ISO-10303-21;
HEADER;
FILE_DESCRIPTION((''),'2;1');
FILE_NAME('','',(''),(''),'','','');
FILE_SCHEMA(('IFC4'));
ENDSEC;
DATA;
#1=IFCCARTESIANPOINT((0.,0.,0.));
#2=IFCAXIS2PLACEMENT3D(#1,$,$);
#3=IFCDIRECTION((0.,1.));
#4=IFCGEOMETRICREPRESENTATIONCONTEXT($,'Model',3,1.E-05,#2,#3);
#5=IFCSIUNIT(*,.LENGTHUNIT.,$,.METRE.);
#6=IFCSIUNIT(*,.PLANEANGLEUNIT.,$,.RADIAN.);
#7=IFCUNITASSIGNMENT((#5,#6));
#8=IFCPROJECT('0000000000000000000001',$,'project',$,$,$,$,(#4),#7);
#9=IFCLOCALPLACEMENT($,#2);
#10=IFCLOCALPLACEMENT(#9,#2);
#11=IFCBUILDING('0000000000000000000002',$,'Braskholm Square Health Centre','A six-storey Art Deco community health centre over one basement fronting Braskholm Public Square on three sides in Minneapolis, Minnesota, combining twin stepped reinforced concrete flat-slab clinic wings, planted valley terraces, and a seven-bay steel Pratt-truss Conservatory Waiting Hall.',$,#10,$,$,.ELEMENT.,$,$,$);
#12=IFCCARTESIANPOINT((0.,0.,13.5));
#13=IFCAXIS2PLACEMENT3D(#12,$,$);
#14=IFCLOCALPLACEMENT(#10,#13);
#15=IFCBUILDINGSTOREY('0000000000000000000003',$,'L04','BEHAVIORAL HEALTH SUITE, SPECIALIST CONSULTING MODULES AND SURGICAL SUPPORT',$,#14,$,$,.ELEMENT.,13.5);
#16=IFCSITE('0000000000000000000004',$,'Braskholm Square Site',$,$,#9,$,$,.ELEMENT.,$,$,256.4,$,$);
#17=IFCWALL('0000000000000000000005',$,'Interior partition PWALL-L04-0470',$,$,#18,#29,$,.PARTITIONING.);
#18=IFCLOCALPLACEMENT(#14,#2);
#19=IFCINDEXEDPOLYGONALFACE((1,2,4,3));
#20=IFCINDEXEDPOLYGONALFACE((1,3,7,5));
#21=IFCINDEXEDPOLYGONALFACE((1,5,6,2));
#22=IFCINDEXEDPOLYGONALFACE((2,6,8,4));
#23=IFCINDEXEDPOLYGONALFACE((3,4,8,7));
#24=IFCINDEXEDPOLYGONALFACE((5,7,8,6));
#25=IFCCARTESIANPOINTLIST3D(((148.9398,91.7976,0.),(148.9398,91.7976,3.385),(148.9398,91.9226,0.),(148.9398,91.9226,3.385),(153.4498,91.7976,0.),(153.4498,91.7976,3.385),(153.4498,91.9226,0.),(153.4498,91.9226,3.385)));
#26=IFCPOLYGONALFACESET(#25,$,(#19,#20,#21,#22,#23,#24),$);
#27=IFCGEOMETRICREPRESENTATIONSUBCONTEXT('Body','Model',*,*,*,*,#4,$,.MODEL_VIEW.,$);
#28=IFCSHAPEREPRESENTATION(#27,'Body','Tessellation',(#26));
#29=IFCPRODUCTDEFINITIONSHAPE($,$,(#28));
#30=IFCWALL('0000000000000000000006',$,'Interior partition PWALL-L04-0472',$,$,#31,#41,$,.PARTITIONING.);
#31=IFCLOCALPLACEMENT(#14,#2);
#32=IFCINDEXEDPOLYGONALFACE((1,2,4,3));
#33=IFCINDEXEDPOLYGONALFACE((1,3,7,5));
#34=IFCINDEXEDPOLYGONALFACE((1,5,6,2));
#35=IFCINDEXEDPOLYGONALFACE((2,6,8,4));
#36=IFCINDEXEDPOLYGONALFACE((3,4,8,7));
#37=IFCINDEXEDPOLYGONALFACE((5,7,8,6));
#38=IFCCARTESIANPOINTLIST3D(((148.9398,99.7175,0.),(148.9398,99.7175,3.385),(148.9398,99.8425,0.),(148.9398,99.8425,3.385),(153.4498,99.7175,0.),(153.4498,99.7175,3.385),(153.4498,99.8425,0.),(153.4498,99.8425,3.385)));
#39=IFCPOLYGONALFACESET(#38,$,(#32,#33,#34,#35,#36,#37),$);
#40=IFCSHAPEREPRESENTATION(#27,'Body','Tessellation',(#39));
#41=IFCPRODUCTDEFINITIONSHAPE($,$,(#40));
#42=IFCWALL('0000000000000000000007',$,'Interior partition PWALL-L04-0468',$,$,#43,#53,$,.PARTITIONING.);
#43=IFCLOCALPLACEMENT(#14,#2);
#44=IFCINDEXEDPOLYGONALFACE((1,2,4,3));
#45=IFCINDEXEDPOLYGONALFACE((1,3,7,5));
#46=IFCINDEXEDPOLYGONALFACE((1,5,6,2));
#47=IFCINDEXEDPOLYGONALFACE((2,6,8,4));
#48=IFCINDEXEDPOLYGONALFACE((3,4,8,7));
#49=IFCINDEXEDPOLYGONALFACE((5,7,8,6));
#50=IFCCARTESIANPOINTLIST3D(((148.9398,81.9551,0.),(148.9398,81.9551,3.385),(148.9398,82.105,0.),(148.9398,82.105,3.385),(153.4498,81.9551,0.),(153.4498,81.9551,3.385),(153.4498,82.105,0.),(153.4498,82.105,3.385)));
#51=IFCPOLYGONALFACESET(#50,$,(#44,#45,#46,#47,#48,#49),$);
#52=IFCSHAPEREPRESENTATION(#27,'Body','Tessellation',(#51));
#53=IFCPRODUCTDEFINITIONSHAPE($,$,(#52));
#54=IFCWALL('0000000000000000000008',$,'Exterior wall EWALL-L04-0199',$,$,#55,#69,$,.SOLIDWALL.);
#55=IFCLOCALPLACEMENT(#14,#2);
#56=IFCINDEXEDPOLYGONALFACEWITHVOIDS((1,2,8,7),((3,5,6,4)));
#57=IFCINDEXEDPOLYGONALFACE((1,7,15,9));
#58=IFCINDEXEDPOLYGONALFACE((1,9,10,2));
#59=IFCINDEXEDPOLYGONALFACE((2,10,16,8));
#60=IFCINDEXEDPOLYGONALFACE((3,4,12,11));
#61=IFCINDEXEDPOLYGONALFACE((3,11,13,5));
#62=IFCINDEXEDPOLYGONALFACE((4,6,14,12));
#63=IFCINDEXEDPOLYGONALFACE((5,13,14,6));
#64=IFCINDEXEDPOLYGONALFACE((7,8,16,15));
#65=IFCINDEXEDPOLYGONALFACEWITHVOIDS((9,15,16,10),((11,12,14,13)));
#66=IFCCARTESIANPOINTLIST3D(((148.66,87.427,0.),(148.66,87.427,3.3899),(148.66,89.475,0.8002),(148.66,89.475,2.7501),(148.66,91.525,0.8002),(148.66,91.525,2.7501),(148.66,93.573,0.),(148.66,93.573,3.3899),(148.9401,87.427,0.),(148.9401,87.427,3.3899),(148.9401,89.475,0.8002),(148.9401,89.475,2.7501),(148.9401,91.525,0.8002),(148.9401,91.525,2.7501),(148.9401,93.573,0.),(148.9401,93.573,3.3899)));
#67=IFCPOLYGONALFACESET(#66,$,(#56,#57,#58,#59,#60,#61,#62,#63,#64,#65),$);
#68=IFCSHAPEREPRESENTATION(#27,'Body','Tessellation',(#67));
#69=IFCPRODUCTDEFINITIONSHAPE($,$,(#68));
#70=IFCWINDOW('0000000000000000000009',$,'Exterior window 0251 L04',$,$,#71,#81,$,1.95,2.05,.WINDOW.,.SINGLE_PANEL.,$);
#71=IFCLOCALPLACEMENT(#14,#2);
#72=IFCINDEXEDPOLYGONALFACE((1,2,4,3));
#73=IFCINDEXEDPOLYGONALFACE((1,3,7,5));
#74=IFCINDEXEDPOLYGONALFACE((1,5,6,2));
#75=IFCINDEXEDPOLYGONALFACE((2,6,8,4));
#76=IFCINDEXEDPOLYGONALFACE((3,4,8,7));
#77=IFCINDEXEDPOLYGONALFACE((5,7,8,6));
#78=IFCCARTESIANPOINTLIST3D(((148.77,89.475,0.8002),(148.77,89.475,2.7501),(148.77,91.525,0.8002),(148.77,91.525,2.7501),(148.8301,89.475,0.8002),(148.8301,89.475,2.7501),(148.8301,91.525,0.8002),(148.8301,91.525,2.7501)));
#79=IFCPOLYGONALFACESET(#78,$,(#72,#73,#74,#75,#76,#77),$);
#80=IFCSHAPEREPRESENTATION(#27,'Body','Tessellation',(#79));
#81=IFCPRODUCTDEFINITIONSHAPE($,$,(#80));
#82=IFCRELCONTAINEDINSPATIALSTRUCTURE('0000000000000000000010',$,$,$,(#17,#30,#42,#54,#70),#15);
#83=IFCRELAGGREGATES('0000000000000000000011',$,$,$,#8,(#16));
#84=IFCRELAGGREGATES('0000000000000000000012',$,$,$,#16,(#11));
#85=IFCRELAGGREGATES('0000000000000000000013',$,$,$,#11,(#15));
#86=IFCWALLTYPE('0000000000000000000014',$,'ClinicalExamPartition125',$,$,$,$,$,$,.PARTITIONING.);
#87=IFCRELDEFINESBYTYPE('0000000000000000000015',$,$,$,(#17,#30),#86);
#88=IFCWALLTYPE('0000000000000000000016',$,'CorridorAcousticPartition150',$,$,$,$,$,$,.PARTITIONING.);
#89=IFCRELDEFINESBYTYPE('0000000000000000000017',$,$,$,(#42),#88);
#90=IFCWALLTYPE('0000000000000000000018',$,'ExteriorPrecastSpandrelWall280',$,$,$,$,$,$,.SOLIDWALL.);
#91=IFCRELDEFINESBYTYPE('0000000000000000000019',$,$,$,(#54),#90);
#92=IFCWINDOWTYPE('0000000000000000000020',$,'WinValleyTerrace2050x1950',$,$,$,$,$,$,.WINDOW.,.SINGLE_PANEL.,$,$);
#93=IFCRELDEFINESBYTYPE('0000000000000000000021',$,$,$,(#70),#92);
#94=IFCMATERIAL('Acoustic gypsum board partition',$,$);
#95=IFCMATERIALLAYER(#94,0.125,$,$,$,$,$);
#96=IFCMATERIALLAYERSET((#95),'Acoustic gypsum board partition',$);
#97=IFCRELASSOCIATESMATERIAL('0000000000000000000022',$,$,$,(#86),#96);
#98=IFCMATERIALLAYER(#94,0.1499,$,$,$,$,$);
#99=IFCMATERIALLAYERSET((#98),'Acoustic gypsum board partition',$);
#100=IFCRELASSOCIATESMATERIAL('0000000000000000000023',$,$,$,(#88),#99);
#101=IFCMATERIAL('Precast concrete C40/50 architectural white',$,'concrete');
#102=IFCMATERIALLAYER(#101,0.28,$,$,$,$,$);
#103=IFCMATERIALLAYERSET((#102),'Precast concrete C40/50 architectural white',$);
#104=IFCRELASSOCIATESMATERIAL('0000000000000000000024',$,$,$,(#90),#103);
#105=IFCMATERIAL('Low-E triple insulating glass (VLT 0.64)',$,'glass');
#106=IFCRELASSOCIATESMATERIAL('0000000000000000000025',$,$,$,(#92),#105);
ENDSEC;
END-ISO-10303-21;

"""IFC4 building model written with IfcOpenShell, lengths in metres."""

from ifc_helpers import new_model, si_unit, direction, frame, frame_2d, origin, origin_with_axes, place, context, subcontext, project, spatial, rectangle, extrude, material, layer, layer_set, type_object, element, fill, save


model = new_model("IFC4")

# Units and contexts
model_context = context("Model", 3, precision=1e-05, world=origin(), true_north=direction((0.0, 1.0)))
body_context = subcontext(model_context, "Body", "Model", "MODEL_VIEW")
ifc_project = project(units=[si_unit("LENGTHUNIT", "METRE"), si_unit("PLANEANGLEUNIT", "RADIAN")], contexts=[model_context])

# Site, building, storey
site_placement = place(None, origin())
site = spatial("IfcSite", under=ifc_project, at=site_placement, Name="Braskholm Square Site", CompositionType="ELEMENT", RefElevation=256.4)
building_placement = place(site_placement, origin())
building = spatial("IfcBuilding", under=site, at=building_placement, Name="Braskholm Square Health Centre", Description="A six-storey Art Deco community health centre over one basement fronting Braskholm Public Square on three sides in Minneapolis, Minnesota, combining twin stepped reinforced concrete flat-slab clinic wings, planted valley terraces, and a seven-bay steel Pratt-truss Conservatory Waiting Hall.", CompositionType="ELEMENT")
storey_placement = place(building_placement, frame((0.0, 0.0, 13.5)))
storey = spatial("IfcBuildingStorey", under=building, at=storey_placement, Name="L04", Description="BEHAVIORAL HEALTH SUITE, SPECIALIST CONSULTING MODULES AND SURGICAL SUPPORT", CompositionType="ELEMENT", Elevation=13.5)

# Shared definitions
ifc_material_1 = material(Name="Low-E triple insulating glass (VLT 0.64)", Category="glass")

# Walls
ifc_material_2 = material(Name="Acoustic gypsum board partition")
ifc_layer_1 = layer(ifc_material_2, 0.125)
ifc_layer_set_1 = layer_set([ifc_layer_1], Name="Acoustic gypsum board partition")
wall_type_1 = type_object("IfcWallType", Name="ClinicalExamPartition125", PredefinedType="PARTITIONING", material=ifc_layer_set_1)
for number, where, z_axis, x_axis, name in (
    (1, (148.9399, 91.8601, 0.0), (0.0, 0.0, 1.0), (1.0, 0.0, 0.0), "Interior partition PWALL-L04-0470"),
    (2, (148.9399, 99.78, 0.0), (0.0, 0.0, 1.0), (1.0, 0.0, 0.0), "Interior partition PWALL-L04-0472"),
):
    element("IfcWall", number, at=place(storey_placement, frame(where, z_axis=z_axis, x_axis=x_axis)), inside=storey, type_object=wall_type_1, Name=name, PredefinedType="PARTITIONING", context=body_context, shape_type="SweptSolid", body=[
        extrude(rectangle(XDim=4.51, YDim=0.125, at=frame_2d((2.2549, 0.0))), origin(), (0.0, 0.0, 1.0), 3.385),
    ])
ifc_layer_2 = layer(ifc_material_2, 0.1499)
ifc_layer_set_2 = layer_set([ifc_layer_2], Name="Acoustic gypsum board partition")
wall_type_2 = type_object("IfcWallType", Name="CorridorAcousticPartition150", PredefinedType="PARTITIONING", material=ifc_layer_set_2)
wall_1_placement = place(storey_placement, frame((148.9399, 82.03, 0.0), z_axis=(0.0, 0.0, 1.0), x_axis=(1.0, 0.0, 0.0)))
element("IfcWall", 3, at=wall_1_placement, inside=storey, type_object=wall_type_2, Name="Interior partition PWALL-L04-0468", PredefinedType="PARTITIONING", context=body_context, shape_type="SweptSolid", body=[
    extrude(rectangle(XDim=4.51, YDim=0.1499, at=frame_2d((2.2549, 0.0))), origin(), (0.0, 0.0, 1.0), 3.385),
])

# Wall, opening, window
ifc_material_3 = material(Name="Precast concrete C40/50 architectural white", Category="concrete")
ifc_layer_3 = layer(ifc_material_3, 0.28)
ifc_layer_set_3 = layer_set([ifc_layer_3], Name="Precast concrete C40/50 architectural white")
wall_type_3 = type_object("IfcWallType", Name="ExteriorPrecastSpandrelWall280", PredefinedType="SOLIDWALL", material=ifc_layer_set_3)
wall_2_placement = place(storey_placement, frame((148.8, 93.573, 0.0), z_axis=(0.0, 0.0, 1.0), x_axis=(0.0, -1.0, 0.0)))
wall_2 = element("IfcWall", 4, at=wall_2_placement, inside=storey, type_object=wall_type_3, Name="Exterior wall EWALL-L04-0199", PredefinedType="SOLIDWALL", context=body_context, shape_type="SweptSolid", body=[
    extrude(rectangle(XDim=6.146, YDim=0.28, at=frame_2d((3.073, 0.0))), origin(), (0.0, 0.0, 1.0), 3.3899),
])
opening_placement = place(wall_2_placement, frame((2.0481, 0.0, 0.8)))
opening = element("IfcOpeningElement", 5, at=opening_placement, cuts=wall_2, PredefinedType="OPENING", context=body_context, shape_type="SweptSolid", body=[
    extrude(rectangle(XDim=2.05, YDim=1.95, at=frame_2d((1.0249, 0.9751))), frame((0.0, 0.1499, 0.0), z_axis=(0.0, -1.0, 0.0), x_axis=(1.0, 0.0, 0.0)), (0.0, 0.0, 1.0), 0.3),
])
window_type = type_object("IfcWindowType", Name="WinValleyTerrace2050x1950", PartitioningType="SINGLE_PANEL", PredefinedType="WINDOW", material=ifc_material_1)
window_placement = place(opening_placement, origin_with_axes())
window = element("IfcWindow", 6, at=window_placement, inside=storey, type_object=window_type, Name="Exterior window 0251 L04", OverallHeight=1.95, OverallWidth=2.05, PartitioningType="SINGLE_PANEL", PredefinedType="WINDOW", context=body_context, shape_type="SweptSolid", body=[
    extrude(rectangle(XDim=2.05, YDim=1.95, at=frame_2d((1.0249, 0.9751))), frame((0.0, 0.03, 0.0), z_axis=(0.0, -1.0, 0.0), x_axis=(1.0, 0.0, 0.0)), (0.0, 0.0, 1.0), 0.0601),
])
fill(opening, window)

save(model, "model.ifc")
